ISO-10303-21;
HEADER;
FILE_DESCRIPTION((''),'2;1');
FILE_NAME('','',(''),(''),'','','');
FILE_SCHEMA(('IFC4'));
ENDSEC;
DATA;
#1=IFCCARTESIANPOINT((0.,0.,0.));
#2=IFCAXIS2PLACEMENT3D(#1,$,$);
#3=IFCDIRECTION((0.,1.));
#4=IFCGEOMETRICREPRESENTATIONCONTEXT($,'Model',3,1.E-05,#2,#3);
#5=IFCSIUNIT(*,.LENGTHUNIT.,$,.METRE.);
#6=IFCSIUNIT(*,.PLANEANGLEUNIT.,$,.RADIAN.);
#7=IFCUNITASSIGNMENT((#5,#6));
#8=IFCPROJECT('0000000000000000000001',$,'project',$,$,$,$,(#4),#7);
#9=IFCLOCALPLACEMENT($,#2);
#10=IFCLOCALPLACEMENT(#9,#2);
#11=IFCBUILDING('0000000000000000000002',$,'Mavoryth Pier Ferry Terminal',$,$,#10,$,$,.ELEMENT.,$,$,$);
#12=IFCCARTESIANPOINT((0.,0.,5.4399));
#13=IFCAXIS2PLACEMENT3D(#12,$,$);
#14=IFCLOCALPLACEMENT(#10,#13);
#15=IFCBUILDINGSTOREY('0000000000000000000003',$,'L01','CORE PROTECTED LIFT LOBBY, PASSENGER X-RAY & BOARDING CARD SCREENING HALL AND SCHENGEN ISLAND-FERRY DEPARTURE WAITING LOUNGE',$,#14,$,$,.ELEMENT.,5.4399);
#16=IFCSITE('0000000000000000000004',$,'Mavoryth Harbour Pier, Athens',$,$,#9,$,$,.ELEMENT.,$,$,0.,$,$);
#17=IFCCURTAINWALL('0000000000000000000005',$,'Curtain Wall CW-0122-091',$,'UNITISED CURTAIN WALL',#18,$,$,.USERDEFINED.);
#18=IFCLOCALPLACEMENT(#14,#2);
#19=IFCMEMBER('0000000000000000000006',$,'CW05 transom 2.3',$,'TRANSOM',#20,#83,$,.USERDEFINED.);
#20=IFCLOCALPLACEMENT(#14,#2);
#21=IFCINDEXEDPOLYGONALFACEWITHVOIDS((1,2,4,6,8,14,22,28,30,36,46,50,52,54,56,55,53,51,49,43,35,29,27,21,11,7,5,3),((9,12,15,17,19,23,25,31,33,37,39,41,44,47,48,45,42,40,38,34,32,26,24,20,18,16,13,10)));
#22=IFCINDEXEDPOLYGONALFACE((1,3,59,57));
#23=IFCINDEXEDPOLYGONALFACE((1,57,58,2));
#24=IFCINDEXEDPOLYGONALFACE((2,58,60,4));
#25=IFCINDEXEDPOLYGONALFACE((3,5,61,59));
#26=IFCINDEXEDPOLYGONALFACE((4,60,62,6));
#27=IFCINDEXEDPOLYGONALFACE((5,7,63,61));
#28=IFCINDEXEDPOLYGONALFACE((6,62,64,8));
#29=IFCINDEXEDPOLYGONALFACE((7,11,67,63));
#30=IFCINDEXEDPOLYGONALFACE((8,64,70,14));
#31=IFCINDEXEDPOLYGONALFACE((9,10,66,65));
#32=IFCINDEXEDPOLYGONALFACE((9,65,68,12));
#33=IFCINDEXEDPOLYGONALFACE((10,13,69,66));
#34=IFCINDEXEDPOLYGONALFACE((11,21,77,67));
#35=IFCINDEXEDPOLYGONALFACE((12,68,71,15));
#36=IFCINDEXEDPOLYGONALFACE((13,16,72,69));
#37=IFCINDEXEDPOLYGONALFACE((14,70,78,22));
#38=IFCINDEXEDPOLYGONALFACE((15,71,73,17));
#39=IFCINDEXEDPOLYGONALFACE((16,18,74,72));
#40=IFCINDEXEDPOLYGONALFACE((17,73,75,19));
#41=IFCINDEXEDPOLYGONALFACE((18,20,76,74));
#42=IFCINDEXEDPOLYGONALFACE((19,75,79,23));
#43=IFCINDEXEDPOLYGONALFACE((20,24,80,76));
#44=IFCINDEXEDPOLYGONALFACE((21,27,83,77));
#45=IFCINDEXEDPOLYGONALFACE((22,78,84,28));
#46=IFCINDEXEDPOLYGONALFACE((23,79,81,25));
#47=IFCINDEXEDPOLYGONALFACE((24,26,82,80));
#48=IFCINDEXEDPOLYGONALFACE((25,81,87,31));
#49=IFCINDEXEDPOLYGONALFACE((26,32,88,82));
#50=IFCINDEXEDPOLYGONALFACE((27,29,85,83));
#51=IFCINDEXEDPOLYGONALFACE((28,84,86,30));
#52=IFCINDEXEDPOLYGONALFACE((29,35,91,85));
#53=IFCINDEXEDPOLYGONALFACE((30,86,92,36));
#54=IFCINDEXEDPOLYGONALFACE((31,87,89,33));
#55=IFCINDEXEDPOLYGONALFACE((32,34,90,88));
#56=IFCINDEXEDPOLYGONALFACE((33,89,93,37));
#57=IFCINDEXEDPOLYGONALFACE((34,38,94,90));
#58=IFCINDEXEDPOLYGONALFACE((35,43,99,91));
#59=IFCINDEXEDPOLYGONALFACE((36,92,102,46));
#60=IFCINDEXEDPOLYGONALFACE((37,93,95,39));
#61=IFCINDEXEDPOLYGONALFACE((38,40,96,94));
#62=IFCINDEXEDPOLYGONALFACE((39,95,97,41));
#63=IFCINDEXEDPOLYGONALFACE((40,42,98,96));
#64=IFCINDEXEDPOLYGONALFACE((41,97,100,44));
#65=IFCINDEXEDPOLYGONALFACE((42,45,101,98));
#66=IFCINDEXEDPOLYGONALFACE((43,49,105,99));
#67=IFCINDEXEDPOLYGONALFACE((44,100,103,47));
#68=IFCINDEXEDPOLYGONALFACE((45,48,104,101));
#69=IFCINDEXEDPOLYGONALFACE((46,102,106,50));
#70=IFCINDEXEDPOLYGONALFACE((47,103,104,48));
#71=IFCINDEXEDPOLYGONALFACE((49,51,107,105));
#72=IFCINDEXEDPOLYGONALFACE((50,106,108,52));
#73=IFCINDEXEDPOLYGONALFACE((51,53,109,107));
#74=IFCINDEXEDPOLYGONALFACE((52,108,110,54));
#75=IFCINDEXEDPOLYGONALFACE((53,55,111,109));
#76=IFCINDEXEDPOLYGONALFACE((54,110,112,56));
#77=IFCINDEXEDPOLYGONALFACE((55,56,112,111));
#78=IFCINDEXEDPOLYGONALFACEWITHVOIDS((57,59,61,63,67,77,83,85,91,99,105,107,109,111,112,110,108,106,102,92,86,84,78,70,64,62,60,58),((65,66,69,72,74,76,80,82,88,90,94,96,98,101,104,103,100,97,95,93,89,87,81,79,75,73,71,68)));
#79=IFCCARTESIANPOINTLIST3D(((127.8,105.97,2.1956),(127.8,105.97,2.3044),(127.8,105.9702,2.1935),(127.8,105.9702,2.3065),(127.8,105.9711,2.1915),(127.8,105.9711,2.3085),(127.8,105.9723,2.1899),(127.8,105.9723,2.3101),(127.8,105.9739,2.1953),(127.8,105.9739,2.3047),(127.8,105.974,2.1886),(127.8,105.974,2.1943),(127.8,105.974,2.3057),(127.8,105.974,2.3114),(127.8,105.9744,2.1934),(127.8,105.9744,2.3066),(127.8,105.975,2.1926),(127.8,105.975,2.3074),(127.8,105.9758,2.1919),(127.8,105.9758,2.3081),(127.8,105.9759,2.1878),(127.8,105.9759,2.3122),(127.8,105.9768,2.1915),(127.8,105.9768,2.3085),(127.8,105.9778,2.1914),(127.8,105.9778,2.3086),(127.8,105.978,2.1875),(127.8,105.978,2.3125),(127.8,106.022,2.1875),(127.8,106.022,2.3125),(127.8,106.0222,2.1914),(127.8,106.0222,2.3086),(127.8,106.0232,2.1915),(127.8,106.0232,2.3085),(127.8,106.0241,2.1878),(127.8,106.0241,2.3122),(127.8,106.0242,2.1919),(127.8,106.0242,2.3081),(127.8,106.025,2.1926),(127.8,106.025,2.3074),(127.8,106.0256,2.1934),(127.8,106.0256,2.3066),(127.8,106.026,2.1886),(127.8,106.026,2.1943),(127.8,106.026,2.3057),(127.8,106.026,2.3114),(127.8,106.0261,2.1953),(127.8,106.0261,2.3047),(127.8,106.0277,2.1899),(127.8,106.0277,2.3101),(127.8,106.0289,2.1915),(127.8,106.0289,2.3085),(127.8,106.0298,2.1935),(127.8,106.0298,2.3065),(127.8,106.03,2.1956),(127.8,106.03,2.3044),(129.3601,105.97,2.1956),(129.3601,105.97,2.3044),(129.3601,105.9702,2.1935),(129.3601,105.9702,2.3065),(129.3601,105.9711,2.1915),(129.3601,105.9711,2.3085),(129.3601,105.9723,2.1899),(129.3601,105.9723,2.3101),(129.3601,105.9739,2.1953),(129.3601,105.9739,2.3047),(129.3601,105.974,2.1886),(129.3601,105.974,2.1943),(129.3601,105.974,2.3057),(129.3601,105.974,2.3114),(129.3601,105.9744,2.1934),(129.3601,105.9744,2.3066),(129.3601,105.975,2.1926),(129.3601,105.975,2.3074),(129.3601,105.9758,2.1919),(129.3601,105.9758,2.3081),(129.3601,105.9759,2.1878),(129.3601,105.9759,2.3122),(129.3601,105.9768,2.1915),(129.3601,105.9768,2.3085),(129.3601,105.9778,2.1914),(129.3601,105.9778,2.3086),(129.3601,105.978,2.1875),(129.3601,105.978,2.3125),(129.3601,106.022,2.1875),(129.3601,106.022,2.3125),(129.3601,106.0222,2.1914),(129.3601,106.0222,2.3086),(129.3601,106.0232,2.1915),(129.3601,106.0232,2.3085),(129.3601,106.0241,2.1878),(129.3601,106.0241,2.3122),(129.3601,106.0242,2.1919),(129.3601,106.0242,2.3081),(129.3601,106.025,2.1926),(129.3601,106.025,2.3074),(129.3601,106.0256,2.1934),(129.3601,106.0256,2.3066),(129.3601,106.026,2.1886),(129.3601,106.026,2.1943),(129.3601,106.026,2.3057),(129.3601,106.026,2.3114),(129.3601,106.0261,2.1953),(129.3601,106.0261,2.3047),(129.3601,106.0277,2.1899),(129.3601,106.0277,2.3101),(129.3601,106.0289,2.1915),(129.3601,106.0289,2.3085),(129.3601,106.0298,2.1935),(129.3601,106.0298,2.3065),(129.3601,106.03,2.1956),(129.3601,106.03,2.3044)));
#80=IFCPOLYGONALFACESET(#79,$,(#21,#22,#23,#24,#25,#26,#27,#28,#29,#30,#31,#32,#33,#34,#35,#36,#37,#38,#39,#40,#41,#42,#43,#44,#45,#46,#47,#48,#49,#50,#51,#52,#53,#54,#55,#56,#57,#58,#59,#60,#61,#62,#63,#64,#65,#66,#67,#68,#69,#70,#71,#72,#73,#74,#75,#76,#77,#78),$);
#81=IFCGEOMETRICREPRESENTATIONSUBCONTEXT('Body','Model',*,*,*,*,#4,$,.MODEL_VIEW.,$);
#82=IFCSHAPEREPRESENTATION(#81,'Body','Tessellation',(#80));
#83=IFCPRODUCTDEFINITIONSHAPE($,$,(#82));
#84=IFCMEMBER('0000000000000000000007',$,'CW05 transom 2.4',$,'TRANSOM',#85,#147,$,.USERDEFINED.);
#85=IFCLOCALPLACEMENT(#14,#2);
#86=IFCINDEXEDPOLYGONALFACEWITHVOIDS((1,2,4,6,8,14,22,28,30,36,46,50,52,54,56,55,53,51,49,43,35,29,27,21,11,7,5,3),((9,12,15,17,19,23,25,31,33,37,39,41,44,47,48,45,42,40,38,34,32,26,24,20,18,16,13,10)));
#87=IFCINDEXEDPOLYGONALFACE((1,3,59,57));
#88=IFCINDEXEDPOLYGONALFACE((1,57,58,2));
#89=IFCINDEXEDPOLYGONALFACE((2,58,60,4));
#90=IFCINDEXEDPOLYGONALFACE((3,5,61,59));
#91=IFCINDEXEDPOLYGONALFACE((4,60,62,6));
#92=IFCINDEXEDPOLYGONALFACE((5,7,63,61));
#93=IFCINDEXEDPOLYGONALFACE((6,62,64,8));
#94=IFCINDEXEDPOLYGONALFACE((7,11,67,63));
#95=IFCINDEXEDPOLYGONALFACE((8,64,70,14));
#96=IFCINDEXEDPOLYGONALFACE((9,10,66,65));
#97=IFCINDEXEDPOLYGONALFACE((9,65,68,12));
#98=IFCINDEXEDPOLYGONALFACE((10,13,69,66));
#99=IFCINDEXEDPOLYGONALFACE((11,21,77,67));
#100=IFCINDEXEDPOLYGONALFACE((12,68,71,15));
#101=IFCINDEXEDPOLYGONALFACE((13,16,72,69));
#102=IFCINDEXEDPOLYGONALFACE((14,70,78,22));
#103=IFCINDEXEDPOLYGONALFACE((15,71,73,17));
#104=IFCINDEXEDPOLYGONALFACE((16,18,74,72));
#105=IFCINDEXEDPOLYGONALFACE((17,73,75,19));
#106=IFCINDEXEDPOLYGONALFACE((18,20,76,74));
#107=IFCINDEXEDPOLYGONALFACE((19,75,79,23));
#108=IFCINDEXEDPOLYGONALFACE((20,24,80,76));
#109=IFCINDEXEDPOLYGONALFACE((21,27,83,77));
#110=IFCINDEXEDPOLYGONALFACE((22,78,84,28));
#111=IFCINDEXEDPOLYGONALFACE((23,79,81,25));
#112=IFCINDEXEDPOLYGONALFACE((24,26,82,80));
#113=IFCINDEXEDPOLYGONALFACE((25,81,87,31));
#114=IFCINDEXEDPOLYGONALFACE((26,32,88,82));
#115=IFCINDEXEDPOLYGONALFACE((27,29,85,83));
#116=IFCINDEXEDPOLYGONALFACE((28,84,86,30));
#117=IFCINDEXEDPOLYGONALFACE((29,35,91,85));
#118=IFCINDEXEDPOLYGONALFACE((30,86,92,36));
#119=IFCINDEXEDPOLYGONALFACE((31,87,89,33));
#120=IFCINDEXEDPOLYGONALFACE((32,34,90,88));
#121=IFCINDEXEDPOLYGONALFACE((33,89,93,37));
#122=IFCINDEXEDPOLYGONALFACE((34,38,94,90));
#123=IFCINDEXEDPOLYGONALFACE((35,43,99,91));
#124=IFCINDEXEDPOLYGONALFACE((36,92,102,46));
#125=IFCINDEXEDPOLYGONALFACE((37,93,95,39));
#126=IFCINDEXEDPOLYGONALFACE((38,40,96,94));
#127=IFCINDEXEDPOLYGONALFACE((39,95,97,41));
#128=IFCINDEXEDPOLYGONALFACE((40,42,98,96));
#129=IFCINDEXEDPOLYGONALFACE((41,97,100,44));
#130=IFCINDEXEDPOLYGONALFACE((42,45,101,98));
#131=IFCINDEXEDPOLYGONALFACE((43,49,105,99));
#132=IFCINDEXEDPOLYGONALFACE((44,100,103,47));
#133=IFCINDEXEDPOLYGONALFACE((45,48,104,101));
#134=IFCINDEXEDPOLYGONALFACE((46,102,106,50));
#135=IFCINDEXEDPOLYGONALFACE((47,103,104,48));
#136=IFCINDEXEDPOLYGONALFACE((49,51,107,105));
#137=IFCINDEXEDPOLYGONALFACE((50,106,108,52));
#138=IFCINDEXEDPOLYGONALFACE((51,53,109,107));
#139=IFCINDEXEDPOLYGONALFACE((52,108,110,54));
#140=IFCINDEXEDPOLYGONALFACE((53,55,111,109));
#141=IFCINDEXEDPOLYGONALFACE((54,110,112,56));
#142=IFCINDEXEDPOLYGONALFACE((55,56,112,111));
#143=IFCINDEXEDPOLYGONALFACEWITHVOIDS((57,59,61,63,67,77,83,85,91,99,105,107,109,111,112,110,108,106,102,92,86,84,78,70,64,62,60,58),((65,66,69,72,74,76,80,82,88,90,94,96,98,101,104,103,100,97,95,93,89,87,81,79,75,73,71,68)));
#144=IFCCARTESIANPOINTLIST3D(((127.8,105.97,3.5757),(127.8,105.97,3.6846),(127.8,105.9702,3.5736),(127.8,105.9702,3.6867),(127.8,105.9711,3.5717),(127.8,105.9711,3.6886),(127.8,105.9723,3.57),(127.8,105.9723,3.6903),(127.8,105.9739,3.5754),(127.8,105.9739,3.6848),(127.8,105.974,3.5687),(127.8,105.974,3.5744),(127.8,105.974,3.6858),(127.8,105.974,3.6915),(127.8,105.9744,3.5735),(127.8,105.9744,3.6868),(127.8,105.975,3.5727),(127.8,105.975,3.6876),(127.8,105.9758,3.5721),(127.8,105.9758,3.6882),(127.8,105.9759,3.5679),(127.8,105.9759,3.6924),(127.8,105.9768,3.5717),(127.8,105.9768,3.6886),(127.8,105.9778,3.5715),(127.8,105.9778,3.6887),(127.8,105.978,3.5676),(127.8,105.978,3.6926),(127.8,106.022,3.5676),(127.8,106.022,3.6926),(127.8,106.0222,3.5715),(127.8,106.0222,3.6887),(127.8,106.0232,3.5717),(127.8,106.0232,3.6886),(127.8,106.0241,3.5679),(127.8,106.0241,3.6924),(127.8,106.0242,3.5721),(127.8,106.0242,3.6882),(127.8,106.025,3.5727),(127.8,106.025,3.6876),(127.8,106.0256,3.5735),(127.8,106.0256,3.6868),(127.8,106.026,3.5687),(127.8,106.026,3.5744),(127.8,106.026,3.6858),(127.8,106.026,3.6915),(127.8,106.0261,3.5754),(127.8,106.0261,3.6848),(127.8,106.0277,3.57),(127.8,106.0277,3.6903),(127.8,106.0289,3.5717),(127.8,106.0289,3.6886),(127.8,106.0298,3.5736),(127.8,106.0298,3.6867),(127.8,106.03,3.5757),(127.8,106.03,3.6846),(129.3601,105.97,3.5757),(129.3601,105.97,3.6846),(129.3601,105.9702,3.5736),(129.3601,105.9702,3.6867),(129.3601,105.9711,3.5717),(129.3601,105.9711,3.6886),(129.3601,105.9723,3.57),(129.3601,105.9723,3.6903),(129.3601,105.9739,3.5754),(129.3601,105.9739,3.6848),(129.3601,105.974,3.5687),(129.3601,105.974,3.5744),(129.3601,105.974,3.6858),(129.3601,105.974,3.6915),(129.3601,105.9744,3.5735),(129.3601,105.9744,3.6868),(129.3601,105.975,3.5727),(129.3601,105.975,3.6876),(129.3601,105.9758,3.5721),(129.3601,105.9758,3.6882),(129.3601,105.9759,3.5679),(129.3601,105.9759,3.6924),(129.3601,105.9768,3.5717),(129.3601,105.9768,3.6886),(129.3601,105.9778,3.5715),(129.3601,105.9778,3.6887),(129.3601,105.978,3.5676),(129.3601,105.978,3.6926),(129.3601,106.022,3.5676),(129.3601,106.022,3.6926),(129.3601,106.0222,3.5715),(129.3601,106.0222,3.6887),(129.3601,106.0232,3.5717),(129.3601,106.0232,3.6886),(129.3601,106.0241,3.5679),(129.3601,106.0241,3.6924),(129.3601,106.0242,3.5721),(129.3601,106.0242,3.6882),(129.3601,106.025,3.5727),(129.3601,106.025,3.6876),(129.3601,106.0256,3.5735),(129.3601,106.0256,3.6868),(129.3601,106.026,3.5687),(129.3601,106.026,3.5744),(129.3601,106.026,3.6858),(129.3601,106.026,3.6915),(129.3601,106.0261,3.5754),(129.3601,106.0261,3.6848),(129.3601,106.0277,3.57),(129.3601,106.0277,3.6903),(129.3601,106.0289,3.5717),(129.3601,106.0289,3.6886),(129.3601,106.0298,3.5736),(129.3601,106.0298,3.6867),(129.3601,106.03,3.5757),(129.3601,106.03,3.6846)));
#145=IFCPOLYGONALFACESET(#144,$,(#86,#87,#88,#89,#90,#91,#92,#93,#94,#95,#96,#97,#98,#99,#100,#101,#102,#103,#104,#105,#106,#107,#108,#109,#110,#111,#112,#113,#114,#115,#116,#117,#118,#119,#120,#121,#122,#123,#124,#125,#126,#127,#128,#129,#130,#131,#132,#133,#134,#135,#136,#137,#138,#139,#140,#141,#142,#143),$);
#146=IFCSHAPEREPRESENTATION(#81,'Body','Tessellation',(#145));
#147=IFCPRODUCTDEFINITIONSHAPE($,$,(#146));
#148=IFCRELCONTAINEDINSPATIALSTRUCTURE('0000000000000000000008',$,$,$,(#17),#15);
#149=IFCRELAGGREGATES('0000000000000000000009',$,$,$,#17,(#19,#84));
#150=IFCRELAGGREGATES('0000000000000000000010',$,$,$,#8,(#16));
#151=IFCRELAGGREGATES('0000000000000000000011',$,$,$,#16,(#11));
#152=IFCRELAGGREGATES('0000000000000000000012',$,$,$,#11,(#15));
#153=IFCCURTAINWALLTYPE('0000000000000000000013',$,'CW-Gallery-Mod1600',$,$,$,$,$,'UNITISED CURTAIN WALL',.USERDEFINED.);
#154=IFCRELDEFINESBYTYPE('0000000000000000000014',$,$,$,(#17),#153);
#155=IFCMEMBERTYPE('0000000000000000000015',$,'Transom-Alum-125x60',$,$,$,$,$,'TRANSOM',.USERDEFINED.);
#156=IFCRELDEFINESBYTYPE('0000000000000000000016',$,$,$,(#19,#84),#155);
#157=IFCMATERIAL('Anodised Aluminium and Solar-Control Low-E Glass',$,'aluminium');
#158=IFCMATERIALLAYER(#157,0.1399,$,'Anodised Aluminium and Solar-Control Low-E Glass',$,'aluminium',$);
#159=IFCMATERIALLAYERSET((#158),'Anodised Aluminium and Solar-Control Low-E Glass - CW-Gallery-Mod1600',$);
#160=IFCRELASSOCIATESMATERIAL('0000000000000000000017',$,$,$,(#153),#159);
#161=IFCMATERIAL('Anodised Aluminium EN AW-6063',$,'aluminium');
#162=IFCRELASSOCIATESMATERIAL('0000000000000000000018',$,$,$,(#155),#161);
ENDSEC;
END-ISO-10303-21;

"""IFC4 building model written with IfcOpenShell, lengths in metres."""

from ifc_helpers import new_model, si_unit, direction, frame, origin, origin_2d, place, context, subcontext, project, spatial, hollow_rectangle, extrude, material, layer, layer_set, material_profile, profile_set, type_object, element, aggregate, save


model = new_model("IFC4")

# Units and contexts
model_context = context("Model", 3, precision=1e-05, world=origin(), true_north=direction((0.0, 1.0)))
body_context = subcontext(model_context, "Body", "Model", "MODEL_VIEW")
ifc_project = project(units=[si_unit("LENGTHUNIT", "METRE"), si_unit("PLANEANGLEUNIT", "RADIAN")], contexts=[model_context])

# Site, building, storey
site_placement = place(None, origin())
site = spatial("IfcSite", under=ifc_project, at=site_placement, Name="Mavoryth Harbour Pier, Athens", CompositionType="ELEMENT", RefElevation=0.0)
building_placement = place(site_placement, origin())
building = spatial("IfcBuilding", under=site, at=building_placement, Name="Mavoryth Pier Ferry Terminal", CompositionType="ELEMENT")
storey_placement = place(building_placement, frame((0.0, 0.0, 5.4399)))
storey = spatial("IfcBuildingStorey", under=building, at=storey_placement, Name="L01", Description="CORE PROTECTED LIFT LOBBY, PASSENGER X-RAY & BOARDING CARD SCREENING HALL AND SCHENGEN ISLAND-FERRY DEPARTURE WAITING LOUNGE", CompositionType="ELEMENT", Elevation=5.4399)

# Shared definitions
ifc_material_1 = material(Name="Anodised Aluminium and Solar-Control Low-E Glass", Category="aluminium")
ifc_layer_1 = layer(ifc_material_1, 0.1399, Name="Anodised Aluminium and Solar-Control Low-E Glass", Category="aluminium")
ifc_layer_set_1 = layer_set([ifc_layer_1], Name="Anodised Aluminium and Solar-Control Low-E Glass - CW-Gallery-Mod1600")
curtain_wall_type = type_object("IfcCurtainWallType", Name="CW-Gallery-Mod1600", ElementType="UNITISED CURTAIN WALL", PredefinedType="USERDEFINED", material=ifc_layer_set_1)
ifc_material_2 = material(Name="Anodised Aluminium EN AW-6063", Category="aluminium")

# Curtain wall
curtain_wall_1_placement = place(storey_placement, origin())
curtain_wall_1 = element("IfcCurtainWall", 1, at=curtain_wall_1_placement, inside=storey, type_object=curtain_wall_type, Name="Curtain Wall CW-0122-091", ObjectType="UNITISED CURTAIN WALL", PredefinedType="USERDEFINED")

# Members
ifc_material_profile_1 = material_profile(ifc_material_2, hollow_rectangle(XDim=0.0601, YDim=0.125, WallThickness=0.0039, InnerFilletRadius=0.0039, OuterFilletRadius=0.0081, at=origin_2d()), Name="AL-TRAN 125x60x4", Category="aluminium")
ifc_profile_set_1 = profile_set([ifc_material_profile_1], Name="Anodised Aluminium EN AW-6063 - AL-TRAN 125x60x4")
member_type_1 = type_object("IfcMemberType", Name="Transom-Alum-125x60", ElementType="TRANSOM", PredefinedType="USERDEFINED", material=ifc_profile_set_1)
member_1_placement = place(storey_placement, frame((127.8, 106.0, 2.25), z_axis=(1.0, 0.0, 0.0), x_axis=(0.0, 1.0, 0.0)))
member_1 = element("IfcMember", 2, at=member_1_placement, type_object=member_type_1, Name="CW05 transom 2.3", ObjectType="TRANSOM", PredefinedType="USERDEFINED", context=body_context, shape_type="SweptSolid", body=[
    extrude(hollow_rectangle(XDim=0.0601, YDim=0.125, WallThickness=0.0039, InnerFilletRadius=0.0039, OuterFilletRadius=0.0081, at=origin_2d()), origin(), (0.0, 0.0, 1.0), 1.5601),
])
member_2_placement = place(storey_placement, frame((127.8, 106.0, 3.6301), z_axis=(1.0, 0.0, 0.0), x_axis=(0.0, 1.0, 0.0)))
member_2 = element("IfcMember", 3, at=member_2_placement, type_object=member_type_1, Name="CW05 transom 2.4", ObjectType="TRANSOM", PredefinedType="USERDEFINED", context=body_context, shape_type="SweptSolid", body=[
    extrude(hollow_rectangle(XDim=0.0601, YDim=0.125, WallThickness=0.0039, InnerFilletRadius=0.0039, OuterFilletRadius=0.0081, at=origin_2d()), origin(), (0.0, 0.0, 1.0), 1.5601),
])

aggregate(curtain_wall_1, [member_1, member_2])

save(model, "model.ifc")
